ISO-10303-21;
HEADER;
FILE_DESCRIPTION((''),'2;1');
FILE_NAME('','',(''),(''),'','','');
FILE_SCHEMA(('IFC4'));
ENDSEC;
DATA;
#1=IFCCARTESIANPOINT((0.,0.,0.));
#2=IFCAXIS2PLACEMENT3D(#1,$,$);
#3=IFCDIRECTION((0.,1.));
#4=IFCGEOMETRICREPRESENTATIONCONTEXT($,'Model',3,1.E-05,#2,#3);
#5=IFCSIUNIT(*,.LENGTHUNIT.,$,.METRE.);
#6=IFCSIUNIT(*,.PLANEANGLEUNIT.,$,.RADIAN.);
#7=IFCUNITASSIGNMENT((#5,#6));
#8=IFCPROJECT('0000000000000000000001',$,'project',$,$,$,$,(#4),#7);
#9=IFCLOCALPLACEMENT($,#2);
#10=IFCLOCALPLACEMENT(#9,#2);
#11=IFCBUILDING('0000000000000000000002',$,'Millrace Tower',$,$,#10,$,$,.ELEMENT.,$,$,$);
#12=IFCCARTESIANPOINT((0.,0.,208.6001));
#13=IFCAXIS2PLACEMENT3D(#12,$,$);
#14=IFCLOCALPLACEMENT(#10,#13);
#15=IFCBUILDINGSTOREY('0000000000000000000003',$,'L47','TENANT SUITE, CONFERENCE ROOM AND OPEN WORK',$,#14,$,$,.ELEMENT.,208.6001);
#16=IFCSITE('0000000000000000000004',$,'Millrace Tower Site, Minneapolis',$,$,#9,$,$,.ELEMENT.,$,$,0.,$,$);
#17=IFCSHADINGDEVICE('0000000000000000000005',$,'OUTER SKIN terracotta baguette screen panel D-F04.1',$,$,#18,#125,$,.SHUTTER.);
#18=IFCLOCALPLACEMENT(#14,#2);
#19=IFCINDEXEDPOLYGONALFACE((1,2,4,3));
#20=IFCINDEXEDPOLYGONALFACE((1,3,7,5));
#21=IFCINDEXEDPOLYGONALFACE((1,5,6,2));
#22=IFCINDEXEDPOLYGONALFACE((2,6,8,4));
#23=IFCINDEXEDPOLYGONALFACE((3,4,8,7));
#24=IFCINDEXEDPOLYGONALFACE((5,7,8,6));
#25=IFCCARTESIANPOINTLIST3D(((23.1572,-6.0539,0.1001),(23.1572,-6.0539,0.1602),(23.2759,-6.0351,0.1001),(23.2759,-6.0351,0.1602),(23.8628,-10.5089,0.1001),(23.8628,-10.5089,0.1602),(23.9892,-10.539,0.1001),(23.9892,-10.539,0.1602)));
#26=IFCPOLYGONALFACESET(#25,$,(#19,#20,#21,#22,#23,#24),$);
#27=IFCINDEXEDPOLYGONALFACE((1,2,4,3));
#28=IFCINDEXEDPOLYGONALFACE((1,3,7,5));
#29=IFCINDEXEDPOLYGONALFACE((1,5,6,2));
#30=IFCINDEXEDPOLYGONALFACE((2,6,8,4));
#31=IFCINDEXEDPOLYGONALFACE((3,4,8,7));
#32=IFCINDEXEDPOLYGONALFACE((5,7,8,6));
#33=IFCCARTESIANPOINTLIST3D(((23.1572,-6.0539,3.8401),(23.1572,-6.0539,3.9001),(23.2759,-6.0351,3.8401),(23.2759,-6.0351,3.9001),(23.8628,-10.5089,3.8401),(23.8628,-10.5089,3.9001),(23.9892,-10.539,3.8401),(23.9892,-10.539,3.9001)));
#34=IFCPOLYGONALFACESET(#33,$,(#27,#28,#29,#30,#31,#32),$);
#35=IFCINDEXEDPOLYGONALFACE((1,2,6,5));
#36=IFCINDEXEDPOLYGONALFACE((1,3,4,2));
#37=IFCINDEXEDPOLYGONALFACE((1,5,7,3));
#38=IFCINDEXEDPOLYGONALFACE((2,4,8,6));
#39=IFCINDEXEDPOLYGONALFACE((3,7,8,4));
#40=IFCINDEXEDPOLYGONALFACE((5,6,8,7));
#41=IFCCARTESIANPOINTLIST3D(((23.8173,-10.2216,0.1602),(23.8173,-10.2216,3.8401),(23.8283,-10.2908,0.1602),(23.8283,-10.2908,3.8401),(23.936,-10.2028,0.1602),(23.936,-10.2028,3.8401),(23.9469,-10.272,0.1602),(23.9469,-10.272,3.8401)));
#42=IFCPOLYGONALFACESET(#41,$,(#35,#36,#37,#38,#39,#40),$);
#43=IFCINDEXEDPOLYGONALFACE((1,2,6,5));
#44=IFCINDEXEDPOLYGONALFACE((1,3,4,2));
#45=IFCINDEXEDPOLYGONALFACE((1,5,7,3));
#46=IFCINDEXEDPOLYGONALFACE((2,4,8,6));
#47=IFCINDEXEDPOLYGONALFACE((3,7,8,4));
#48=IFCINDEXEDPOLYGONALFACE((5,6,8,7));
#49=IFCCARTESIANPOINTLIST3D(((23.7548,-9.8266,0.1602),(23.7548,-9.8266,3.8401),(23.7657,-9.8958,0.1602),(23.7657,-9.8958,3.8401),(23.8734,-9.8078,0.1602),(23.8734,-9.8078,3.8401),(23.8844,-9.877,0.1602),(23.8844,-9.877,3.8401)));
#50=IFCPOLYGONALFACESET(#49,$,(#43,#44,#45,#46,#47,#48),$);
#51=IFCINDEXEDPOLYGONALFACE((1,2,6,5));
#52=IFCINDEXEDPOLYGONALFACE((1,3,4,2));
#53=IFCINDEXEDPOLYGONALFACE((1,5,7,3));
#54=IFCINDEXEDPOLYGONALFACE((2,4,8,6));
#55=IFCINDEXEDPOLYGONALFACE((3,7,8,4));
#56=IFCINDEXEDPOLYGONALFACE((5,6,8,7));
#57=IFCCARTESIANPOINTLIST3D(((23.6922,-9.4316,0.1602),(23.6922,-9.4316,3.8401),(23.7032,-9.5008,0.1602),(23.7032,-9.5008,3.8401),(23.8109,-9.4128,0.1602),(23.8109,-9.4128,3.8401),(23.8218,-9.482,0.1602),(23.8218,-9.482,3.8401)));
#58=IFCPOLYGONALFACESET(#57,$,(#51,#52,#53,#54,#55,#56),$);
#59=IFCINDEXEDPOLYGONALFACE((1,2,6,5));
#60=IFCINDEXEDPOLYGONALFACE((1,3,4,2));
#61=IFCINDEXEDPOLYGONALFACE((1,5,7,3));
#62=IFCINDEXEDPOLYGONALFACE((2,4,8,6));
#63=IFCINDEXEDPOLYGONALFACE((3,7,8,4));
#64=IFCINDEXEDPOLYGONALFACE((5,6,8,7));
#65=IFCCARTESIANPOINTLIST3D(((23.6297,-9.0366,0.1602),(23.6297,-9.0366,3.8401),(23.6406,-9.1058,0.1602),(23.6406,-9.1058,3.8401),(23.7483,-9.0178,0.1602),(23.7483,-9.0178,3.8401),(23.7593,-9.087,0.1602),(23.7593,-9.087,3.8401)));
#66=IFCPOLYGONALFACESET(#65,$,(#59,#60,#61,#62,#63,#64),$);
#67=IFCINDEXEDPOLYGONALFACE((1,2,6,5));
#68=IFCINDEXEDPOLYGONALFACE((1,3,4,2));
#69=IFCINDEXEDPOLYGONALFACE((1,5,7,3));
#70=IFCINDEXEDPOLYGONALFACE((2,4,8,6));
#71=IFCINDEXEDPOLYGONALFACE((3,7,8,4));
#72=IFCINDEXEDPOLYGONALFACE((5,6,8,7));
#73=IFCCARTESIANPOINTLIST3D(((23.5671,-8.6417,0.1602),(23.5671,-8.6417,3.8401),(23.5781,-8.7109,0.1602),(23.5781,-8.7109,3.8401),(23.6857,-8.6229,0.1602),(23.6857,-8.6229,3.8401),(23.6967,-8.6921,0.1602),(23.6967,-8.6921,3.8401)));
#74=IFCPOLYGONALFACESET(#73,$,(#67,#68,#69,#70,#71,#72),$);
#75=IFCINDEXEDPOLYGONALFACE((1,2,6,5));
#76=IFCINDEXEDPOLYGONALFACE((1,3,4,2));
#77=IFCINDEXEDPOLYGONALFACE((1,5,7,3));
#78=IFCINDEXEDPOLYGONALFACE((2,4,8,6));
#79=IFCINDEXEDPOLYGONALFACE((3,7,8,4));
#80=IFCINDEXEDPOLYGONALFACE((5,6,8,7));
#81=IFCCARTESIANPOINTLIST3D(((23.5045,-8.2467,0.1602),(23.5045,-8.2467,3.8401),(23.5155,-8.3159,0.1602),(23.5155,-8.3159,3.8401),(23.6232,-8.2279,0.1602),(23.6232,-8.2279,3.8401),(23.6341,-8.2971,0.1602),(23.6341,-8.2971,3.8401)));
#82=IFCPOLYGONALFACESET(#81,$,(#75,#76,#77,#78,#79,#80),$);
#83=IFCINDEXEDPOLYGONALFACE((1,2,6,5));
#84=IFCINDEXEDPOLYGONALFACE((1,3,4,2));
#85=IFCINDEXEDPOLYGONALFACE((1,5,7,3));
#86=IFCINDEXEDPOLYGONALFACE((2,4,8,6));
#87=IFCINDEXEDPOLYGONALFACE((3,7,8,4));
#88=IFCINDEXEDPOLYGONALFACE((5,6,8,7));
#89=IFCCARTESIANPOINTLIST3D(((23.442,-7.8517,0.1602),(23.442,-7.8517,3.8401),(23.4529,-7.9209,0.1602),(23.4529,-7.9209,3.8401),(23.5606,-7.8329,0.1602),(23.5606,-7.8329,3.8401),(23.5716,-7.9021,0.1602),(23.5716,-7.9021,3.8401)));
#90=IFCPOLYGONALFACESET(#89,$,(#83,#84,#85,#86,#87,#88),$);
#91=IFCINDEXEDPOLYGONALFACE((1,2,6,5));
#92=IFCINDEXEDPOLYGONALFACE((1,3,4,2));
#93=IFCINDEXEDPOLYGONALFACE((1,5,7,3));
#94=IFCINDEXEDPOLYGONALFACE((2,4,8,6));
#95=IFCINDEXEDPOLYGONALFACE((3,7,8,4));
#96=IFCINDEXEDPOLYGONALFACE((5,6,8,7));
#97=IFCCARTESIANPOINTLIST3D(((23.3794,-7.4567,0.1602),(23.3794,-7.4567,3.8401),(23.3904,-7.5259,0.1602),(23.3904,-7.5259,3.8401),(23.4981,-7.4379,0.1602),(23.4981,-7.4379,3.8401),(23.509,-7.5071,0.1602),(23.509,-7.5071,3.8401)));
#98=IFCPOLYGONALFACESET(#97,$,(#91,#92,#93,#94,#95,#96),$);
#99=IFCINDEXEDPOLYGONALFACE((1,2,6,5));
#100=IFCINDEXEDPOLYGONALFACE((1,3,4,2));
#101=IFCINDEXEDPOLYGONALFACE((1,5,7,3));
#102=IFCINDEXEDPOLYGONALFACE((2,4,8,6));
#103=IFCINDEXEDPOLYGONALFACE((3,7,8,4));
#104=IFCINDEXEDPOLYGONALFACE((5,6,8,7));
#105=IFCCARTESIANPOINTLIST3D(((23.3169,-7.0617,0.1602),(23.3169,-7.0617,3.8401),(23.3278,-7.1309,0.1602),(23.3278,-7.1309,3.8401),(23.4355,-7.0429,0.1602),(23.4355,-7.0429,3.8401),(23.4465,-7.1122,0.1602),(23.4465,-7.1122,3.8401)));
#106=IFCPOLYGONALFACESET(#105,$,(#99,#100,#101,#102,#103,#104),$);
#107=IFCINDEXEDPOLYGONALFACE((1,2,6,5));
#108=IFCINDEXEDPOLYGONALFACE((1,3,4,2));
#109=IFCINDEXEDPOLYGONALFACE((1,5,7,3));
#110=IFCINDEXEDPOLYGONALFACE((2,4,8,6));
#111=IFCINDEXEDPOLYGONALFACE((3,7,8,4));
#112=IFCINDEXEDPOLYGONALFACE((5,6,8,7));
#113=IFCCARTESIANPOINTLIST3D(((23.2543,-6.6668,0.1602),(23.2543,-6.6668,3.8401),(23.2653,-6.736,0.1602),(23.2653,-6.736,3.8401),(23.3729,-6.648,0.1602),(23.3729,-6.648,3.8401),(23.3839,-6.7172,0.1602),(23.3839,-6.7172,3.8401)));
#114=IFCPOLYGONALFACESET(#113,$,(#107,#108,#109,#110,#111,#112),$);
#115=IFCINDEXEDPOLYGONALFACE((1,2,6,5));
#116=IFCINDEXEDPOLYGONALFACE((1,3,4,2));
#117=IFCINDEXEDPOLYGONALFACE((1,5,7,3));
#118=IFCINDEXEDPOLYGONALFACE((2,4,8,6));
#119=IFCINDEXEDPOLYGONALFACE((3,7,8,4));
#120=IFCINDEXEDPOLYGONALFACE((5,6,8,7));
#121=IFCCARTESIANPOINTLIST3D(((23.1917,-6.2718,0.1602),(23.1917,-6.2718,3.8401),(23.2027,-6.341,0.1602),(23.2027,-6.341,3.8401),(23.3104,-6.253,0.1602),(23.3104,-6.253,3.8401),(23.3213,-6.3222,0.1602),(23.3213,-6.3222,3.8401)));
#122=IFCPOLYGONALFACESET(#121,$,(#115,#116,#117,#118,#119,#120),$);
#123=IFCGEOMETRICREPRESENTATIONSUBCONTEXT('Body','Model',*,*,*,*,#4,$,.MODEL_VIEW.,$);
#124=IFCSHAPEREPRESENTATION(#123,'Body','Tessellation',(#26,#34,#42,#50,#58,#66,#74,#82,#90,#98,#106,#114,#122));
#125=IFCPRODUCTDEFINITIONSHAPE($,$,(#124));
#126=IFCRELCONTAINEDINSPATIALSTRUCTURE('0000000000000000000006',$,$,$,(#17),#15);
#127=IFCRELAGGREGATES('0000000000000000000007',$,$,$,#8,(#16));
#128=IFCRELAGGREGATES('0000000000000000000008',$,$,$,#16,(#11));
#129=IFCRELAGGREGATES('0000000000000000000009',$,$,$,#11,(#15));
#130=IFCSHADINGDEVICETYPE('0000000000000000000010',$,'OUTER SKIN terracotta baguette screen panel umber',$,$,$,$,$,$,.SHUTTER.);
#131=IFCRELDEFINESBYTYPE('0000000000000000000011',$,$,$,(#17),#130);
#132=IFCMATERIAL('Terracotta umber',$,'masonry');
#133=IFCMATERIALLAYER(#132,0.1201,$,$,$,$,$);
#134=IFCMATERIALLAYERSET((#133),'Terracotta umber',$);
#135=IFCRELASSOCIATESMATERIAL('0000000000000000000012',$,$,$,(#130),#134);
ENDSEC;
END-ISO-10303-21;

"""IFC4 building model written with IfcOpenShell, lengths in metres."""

from ifc_helpers import new_model, entity, si_unit, direction, frame, frame_2d, origin, place, context, subcontext, project, spatial, rectangle, extrude, source, transform, mapped, material, layer, layer_set, type_object, element, save


model = new_model("IFC4")

# Units and contexts
model_context = context("Model", 3, precision=1e-05, world=origin(), true_north=direction((0.0, 1.0)))
body_context = subcontext(model_context, "Body", "Model", "MODEL_VIEW")
ifc_project = project(units=[si_unit("LENGTHUNIT", "METRE"), si_unit("PLANEANGLEUNIT", "RADIAN")], contexts=[model_context])

# Site, building, storey
site_placement = place(None, origin())
site = spatial("IfcSite", under=ifc_project, at=site_placement, Name="Millrace Tower Site, Minneapolis", CompositionType="ELEMENT", RefElevation=0.0)
building_placement = place(site_placement, origin())
building = spatial("IfcBuilding", under=site, at=building_placement, Name="Millrace Tower", CompositionType="ELEMENT")
storey_placement = place(building_placement, frame((0.0, 0.0, 208.6001)))
storey = spatial("IfcBuildingStorey", under=building, at=storey_placement, Name="L47", Description="TENANT SUITE, CONFERENCE ROOM AND OPEN WORK", CompositionType="ELEMENT", Elevation=208.6001)

# Shading device
ifc_material_1 = material(Name="Terracotta umber", Category="masonry")
ifc_layer_1 = layer(ifc_material_1, 0.1201)
ifc_layer_set_1 = layer_set([ifc_layer_1], Name="Terracotta umber")
shading_device_type = type_object("IfcShadingDeviceType", Name="OUTER SKIN terracotta baguette screen panel umber", PredefinedType="SHUTTER", material=ifc_layer_set_1)
cartesian_point_1 = entity("IfcCartesianPoint", [-2.2429, 0.0601])
shared_polyline_1 = entity("IfcPolyline", [cartesian_point_1, entity("IfcCartesianPoint", [2.2676, 0.0601]), entity("IfcCartesianPoint", [2.2676, -0.0601]), entity("IfcCartesianPoint", [-2.2925, -0.0601]), cartesian_point_1])
shared_shape_1 = source(origin(), body_context, "Body", "SweptSolid", [
    entity("IfcExtrudedAreaSolid", entity("IfcArbitraryClosedProfileDef", "AREA", None, shared_polyline_1), entity("IfcAxis2Placement3D", entity("IfcCartesianPoint", [0.0, 0.0, 0.0])), entity("IfcDirection", [0.0, 0.0, 1.0]), 0.0601),
    entity("IfcExtrudedAreaSolid", entity("IfcArbitraryClosedProfileDef", "AREA", None, shared_polyline_1), entity("IfcAxis2Placement3D", entity("IfcCartesianPoint", [0.0, 0.0, 3.74])), entity("IfcDirection", [0.0, 0.0, 1.0]), 0.0601),
    extrude(rectangle(XDim=0.0701, YDim=0.1201, at=frame_2d((-1.9871, 0.0))), frame((0.0, 0.0, 0.0601)), (0.0, 0.0, 1.0), 3.6799),
    extrude(rectangle(XDim=0.0701, YDim=0.1201, at=frame_2d((-1.5872, 0.0))), frame((0.0, 0.0, 0.0601)), (0.0, 0.0, 1.0), 3.6799),
    extrude(rectangle(XDim=0.0701, YDim=0.1201, at=frame_2d((-1.1873, 0.0))), frame((0.0, 0.0, 0.0601)), (0.0, 0.0, 1.0), 3.6799),
    extrude(rectangle(XDim=0.0701, YDim=0.1201, at=frame_2d((-0.7874, 0.0))), frame((0.0, 0.0, 0.0601)), (0.0, 0.0, 1.0), 3.6799),
    extrude(rectangle(XDim=0.0701, YDim=0.1201, at=frame_2d((-0.3875, 0.0))), frame((0.0, 0.0, 0.0601)), (0.0, 0.0, 1.0), 3.6799),
    extrude(rectangle(XDim=0.0701, YDim=0.1201, at=frame_2d((0.0125, 0.0))), frame((0.0, 0.0, 0.0601)), (0.0, 0.0, 1.0), 3.6799),
    extrude(rectangle(XDim=0.0701, YDim=0.1201, at=frame_2d((0.4124, 0.0))), frame((0.0, 0.0, 0.0601)), (0.0, 0.0, 1.0), 3.6799),
    extrude(rectangle(XDim=0.0701, YDim=0.1201, at=frame_2d((0.8123, 0.0))), frame((0.0, 0.0, 0.0601)), (0.0, 0.0, 1.0), 3.6799),
    extrude(rectangle(XDim=0.0701, YDim=0.1201, at=frame_2d((1.2122, 0.0))), frame((0.0, 0.0, 0.0601)), (0.0, 0.0, 1.0), 3.6799),
    extrude(rectangle(XDim=0.0701, YDim=0.1201, at=frame_2d((1.6121, 0.0))), frame((0.0, 0.0, 0.0601)), (0.0, 0.0, 1.0), 3.6799),
    extrude(rectangle(XDim=0.0701, YDim=0.1201, at=frame_2d((2.012, 0.0))), frame((0.0, 0.0, 0.0601)), (0.0, 0.0, 1.0), 3.6799),
])
shading_device_1_placement = place(storey_placement, frame((23.5713, -8.2842, 0.1001), z_axis=(0.0, 0.0, 1.0), x_axis=(-0.156434, 0.987688, 0.0)))
element("IfcShadingDevice", 1, at=shading_device_1_placement, inside=storey, type_object=shading_device_type, Name="OUTER SKIN terracotta baguette screen panel D-F04.1", PredefinedType="SHUTTER", context=body_context, shape_type="MappedRepresentation", body=[
    mapped(shared_shape_1, transform((0.0, 0.0, 0.0), scale=1.0)),
])

save(model, "model.ifc")
